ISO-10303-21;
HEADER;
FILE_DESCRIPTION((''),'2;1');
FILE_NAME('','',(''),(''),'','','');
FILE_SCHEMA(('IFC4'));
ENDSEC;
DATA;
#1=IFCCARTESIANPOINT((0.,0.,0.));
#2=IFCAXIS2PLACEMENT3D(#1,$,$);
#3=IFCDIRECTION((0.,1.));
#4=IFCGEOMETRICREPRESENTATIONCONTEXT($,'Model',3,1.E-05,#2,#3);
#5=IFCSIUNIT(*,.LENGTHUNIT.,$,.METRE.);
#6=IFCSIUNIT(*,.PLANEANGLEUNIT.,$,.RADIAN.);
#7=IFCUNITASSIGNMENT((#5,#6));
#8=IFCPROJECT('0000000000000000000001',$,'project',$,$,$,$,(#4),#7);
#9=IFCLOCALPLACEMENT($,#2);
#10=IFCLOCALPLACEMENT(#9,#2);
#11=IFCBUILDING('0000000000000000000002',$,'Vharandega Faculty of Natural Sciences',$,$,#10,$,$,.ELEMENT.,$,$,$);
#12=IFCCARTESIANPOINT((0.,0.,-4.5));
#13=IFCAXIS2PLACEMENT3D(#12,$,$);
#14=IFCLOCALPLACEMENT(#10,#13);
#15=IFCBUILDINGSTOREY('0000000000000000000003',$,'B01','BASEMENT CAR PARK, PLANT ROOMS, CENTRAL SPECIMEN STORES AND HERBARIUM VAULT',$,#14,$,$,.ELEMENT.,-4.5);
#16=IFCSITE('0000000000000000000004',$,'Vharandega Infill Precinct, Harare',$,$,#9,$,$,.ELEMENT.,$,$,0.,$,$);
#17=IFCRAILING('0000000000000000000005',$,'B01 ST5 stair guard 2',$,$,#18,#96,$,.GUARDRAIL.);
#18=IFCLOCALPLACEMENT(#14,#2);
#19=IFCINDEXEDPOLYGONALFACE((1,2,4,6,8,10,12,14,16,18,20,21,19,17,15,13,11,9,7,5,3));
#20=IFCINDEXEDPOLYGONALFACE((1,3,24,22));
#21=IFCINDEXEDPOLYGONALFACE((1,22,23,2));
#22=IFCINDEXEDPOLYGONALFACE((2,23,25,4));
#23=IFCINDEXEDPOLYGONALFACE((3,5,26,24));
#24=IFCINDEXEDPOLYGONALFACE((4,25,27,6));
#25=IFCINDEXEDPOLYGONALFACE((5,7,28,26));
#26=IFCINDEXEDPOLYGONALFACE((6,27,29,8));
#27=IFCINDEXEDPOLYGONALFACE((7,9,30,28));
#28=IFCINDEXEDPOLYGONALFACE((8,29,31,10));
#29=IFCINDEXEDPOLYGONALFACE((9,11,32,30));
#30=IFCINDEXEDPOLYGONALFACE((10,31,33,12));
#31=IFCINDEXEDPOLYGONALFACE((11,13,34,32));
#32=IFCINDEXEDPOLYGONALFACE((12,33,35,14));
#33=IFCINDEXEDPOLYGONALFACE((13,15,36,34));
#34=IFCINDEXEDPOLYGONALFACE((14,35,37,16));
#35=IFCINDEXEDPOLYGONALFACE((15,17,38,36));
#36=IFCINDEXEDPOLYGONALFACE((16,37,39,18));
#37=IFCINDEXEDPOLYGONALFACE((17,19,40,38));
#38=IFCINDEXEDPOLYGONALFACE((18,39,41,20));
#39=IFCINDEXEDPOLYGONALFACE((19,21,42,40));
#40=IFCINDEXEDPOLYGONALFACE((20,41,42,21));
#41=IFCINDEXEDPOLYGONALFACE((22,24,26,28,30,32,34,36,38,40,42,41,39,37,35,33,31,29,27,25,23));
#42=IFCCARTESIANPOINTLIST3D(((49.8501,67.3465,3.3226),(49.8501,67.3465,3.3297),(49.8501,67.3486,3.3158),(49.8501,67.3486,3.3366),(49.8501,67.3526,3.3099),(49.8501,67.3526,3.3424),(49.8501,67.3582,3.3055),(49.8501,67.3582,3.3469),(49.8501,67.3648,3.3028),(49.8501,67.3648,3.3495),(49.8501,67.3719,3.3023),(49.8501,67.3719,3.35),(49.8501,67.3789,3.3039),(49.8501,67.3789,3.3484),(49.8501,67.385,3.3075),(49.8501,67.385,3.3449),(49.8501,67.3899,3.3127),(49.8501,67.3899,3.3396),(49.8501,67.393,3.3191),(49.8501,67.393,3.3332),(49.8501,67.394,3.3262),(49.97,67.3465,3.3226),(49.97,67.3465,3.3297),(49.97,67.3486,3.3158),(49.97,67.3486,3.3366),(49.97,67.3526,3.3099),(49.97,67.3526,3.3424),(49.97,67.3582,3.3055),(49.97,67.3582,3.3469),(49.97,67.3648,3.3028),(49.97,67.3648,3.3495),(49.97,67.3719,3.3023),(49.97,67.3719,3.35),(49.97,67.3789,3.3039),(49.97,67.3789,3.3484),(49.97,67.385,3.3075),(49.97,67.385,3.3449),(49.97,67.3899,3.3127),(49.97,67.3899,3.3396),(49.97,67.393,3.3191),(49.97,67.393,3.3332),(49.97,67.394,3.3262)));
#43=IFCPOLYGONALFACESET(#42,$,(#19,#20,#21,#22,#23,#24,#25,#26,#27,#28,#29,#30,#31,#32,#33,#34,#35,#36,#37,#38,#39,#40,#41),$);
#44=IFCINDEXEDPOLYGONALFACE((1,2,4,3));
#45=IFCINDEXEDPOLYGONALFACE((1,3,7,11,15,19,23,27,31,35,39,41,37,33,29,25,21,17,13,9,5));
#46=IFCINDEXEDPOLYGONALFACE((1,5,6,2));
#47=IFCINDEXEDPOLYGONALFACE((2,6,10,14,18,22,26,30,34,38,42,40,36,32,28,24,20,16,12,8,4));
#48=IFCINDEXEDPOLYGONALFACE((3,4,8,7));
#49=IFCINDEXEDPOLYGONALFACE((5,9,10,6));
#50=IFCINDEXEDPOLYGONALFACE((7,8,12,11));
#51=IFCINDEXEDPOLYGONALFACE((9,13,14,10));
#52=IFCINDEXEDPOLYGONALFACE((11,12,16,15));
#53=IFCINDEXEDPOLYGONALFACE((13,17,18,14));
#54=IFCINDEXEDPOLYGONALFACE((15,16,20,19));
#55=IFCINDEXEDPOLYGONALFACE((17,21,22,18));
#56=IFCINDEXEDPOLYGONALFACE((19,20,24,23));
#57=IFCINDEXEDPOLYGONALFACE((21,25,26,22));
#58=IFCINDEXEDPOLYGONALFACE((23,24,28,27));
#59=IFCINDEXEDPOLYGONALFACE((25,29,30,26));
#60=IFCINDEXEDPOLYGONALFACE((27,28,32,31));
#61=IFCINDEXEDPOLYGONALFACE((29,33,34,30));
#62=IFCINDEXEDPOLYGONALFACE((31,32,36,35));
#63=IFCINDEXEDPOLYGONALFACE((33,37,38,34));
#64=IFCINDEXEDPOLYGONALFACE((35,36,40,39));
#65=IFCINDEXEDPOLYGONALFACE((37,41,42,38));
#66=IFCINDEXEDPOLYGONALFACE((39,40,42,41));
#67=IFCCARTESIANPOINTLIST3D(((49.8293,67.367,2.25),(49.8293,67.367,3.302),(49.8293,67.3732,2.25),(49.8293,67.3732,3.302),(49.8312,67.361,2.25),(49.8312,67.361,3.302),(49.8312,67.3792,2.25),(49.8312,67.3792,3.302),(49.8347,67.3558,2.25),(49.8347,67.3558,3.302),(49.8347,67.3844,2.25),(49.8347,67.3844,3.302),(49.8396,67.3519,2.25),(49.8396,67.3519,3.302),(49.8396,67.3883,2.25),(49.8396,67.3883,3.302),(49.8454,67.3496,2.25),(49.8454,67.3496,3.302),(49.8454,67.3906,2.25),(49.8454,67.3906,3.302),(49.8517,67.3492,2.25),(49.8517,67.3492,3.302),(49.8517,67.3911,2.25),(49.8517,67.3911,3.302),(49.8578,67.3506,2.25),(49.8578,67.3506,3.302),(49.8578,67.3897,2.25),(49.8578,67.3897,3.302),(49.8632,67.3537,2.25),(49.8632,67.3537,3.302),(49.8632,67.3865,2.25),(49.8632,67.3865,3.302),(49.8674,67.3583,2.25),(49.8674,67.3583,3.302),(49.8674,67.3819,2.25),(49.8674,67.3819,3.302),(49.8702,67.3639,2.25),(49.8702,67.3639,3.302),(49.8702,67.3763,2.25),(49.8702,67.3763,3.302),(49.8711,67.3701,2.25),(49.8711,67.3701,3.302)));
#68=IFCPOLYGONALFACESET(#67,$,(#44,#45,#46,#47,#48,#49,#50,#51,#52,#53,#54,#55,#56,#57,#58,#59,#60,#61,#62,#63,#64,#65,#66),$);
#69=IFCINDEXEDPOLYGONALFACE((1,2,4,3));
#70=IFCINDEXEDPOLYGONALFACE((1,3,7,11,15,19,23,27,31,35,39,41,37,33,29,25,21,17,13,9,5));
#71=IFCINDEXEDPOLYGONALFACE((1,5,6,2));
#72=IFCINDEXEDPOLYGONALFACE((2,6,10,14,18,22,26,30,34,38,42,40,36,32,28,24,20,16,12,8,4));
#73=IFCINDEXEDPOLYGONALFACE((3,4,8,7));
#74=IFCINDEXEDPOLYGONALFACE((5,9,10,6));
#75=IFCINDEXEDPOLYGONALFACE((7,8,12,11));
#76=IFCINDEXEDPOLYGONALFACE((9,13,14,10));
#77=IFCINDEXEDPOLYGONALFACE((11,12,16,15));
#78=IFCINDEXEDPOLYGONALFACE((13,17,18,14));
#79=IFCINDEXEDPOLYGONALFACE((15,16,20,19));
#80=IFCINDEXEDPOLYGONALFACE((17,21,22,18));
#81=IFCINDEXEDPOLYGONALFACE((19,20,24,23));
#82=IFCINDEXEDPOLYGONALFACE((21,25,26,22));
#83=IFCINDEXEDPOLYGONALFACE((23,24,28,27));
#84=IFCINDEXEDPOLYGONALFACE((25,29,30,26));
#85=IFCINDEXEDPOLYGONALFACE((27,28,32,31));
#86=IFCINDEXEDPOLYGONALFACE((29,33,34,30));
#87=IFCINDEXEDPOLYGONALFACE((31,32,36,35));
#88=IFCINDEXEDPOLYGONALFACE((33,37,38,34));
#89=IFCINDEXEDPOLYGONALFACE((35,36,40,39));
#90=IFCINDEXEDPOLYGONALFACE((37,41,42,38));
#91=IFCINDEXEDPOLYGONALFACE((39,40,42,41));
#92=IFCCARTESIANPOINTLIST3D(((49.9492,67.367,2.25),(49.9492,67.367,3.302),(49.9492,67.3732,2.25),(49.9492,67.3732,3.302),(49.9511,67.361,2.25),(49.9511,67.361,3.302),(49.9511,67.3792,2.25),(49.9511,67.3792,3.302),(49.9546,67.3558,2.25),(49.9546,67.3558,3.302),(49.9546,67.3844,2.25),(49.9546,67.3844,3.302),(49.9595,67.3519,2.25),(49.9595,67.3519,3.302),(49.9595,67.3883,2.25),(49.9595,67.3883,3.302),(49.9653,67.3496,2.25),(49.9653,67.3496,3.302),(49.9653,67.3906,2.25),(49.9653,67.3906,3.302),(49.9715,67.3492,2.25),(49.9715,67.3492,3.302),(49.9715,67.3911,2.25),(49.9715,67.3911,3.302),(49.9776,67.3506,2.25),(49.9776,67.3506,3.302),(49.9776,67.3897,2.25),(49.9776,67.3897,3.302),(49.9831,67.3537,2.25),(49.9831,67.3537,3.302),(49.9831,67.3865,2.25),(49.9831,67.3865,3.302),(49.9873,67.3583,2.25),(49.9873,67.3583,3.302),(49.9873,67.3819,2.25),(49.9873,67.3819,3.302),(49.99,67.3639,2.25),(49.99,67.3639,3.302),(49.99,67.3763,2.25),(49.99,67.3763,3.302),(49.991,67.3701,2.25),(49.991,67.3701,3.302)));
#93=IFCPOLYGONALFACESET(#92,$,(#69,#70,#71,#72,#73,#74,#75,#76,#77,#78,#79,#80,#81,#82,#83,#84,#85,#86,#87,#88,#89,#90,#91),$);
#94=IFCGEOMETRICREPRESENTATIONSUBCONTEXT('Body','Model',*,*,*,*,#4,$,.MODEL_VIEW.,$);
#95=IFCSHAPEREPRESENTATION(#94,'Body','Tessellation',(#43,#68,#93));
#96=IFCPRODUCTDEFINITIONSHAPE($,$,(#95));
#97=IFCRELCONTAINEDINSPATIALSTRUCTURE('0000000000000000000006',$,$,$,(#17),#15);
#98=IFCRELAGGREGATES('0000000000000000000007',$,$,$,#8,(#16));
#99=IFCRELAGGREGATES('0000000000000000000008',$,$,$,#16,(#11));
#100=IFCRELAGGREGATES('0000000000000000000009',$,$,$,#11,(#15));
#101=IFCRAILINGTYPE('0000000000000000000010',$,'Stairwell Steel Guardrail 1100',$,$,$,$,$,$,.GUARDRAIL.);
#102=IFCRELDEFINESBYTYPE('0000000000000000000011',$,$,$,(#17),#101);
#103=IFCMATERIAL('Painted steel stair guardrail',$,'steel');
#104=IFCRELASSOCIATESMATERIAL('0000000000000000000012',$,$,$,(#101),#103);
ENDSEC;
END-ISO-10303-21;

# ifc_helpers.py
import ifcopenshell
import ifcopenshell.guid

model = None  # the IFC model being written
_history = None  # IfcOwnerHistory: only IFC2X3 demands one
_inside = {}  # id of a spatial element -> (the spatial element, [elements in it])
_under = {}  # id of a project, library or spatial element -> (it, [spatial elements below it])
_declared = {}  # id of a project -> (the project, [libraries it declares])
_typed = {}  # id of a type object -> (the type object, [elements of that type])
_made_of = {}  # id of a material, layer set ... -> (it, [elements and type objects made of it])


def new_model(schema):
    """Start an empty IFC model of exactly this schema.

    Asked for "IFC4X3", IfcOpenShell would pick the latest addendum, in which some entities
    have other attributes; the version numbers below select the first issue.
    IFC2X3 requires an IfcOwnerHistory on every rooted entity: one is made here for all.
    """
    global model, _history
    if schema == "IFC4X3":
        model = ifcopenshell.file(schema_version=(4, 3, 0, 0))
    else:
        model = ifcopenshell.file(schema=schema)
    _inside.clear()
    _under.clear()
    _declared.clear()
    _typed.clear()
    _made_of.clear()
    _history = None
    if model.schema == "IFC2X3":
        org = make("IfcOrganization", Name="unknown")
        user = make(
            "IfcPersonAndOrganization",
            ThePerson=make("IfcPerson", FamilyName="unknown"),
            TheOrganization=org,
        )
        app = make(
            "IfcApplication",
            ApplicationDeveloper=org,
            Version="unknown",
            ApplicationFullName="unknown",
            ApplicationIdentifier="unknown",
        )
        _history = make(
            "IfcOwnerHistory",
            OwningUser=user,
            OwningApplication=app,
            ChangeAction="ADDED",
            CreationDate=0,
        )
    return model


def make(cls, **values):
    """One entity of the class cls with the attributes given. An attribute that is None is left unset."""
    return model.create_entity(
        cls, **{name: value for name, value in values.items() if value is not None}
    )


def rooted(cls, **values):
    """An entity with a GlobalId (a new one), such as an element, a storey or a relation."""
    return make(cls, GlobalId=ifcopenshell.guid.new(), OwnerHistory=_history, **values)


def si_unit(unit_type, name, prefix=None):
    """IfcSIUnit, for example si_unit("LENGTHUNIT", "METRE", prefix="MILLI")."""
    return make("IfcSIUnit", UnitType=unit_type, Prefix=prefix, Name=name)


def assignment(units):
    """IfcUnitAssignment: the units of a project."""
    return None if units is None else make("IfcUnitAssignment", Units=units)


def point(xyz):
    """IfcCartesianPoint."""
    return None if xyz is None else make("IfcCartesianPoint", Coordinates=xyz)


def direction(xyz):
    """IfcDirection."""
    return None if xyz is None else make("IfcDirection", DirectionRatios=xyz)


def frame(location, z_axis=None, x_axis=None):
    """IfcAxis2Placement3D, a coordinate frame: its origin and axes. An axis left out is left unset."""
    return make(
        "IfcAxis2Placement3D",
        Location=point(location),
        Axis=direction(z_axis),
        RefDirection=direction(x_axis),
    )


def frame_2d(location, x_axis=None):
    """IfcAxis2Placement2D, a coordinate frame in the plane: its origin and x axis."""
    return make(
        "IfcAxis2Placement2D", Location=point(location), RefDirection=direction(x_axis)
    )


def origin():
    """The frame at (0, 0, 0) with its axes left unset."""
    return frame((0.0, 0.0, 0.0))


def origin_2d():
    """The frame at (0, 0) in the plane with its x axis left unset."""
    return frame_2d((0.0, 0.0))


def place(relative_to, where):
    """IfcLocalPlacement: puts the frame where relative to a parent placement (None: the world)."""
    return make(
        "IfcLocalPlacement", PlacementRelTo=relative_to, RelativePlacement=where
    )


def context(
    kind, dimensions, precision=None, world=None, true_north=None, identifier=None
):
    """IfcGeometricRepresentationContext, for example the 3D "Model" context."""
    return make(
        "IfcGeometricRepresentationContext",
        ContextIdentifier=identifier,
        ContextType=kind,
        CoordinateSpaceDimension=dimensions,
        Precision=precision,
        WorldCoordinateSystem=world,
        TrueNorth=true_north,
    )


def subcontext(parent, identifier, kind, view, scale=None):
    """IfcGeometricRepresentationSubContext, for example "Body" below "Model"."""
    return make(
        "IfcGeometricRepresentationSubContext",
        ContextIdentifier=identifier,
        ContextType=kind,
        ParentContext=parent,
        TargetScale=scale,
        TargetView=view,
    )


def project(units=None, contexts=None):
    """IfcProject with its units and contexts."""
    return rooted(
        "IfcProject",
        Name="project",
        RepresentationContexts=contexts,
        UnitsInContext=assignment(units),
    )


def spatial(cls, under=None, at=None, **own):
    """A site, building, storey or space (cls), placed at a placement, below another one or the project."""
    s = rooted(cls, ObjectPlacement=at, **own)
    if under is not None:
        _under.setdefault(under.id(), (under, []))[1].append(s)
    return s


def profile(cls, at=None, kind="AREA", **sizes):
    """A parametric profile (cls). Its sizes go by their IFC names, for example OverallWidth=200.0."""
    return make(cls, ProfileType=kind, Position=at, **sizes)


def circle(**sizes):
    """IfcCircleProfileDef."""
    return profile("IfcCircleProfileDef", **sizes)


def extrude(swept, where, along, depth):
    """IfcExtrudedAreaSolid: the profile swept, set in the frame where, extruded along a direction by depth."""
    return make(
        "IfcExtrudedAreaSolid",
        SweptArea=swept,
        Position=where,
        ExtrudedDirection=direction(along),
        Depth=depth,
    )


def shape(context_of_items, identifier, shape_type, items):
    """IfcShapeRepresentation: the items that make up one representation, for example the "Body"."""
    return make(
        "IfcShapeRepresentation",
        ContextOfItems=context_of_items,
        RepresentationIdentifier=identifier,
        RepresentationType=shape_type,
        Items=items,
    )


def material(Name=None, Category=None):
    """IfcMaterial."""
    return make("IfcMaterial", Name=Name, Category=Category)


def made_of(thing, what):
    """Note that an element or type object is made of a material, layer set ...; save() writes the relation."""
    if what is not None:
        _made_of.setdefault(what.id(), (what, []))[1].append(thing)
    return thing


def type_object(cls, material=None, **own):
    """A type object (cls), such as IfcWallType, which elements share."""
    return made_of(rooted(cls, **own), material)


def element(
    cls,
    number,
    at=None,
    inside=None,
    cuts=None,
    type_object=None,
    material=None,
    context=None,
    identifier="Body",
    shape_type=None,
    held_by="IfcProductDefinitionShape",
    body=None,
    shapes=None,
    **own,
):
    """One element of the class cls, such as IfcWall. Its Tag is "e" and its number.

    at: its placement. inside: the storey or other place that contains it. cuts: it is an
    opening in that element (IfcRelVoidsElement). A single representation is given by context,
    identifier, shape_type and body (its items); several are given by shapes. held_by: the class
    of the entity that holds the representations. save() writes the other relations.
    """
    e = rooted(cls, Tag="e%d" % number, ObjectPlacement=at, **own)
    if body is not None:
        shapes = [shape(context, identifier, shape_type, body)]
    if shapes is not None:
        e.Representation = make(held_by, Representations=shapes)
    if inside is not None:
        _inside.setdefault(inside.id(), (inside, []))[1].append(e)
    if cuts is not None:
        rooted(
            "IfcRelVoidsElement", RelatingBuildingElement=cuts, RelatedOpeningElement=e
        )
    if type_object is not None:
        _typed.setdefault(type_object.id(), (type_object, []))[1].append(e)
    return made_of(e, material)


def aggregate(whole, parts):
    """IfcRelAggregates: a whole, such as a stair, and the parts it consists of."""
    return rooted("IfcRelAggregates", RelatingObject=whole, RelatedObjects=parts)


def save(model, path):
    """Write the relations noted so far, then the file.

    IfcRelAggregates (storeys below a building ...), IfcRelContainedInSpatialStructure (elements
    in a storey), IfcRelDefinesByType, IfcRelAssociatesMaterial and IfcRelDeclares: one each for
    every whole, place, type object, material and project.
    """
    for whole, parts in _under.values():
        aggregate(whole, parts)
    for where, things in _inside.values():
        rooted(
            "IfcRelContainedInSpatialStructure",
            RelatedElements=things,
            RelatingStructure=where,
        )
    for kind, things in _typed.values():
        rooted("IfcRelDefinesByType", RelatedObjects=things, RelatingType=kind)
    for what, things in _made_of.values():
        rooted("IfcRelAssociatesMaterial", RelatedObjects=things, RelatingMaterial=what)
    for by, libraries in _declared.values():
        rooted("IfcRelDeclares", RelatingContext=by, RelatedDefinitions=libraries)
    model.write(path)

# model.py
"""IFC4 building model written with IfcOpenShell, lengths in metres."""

from ifc_helpers import new_model, si_unit, direction, frame, origin, origin_2d, place, context, subcontext, project, spatial, circle, extrude, material, type_object, element, save


model = new_model("IFC4")

# Units and contexts
model_context = context("Model", 3, precision=1e-05, world=origin(), true_north=direction((0.0, 1.0)))
body_context = subcontext(model_context, "Body", "Model", "MODEL_VIEW")
ifc_project = project(units=[si_unit("LENGTHUNIT", "METRE"), si_unit("PLANEANGLEUNIT", "RADIAN")], contexts=[model_context])

# Site, building, storey
site_placement = place(None, origin())
site = spatial("IfcSite", under=ifc_project, at=site_placement, Name="Vharandega Infill Precinct, Harare", CompositionType="ELEMENT", RefElevation=0.0)
building_placement = place(site_placement, origin())
building = spatial("IfcBuilding", under=site, at=building_placement, Name="Vharandega Faculty of Natural Sciences", CompositionType="ELEMENT")
storey_placement = place(building_placement, frame((0.0, 0.0, -4.5)))
storey = spatial("IfcBuildingStorey", under=building, at=storey_placement, Name="B01", Description="BASEMENT CAR PARK, PLANT ROOMS, CENTRAL SPECIMEN STORES AND HERBARIUM VAULT", CompositionType="ELEMENT", Elevation=-4.5)

# Railing
ifc_material_1 = material(Name="Painted steel stair guardrail", Category="steel")
railing_type_1 = type_object("IfcRailingType", Name="Stairwell Steel Guardrail 1100", PredefinedType="GUARDRAIL", material=ifc_material_1)
railing_1_placement = place(storey_placement, frame((49.8501, 67.3701, 2.25)))
element("IfcRailing", 1, at=railing_1_placement, inside=storey, type_object=railing_type_1, Name="B01 ST5 stair guard 2", PredefinedType="GUARDRAIL", context=body_context, shape_type="SweptSolid", body=[
    extrude(circle(Radius=0.0239, at=origin_2d()), frame((0.0, 0.0, 1.0762), z_axis=(1.0, 0.0, 0.0), x_axis=(0.0, 1.0, 0.0)), (0.0, 0.0, 1.0), 0.1199),
    extrude(circle(Radius=0.021, at=origin_2d()), origin(), (0.0, 0.0, 1.0), 1.052),
    extrude(circle(Radius=0.021, at=origin_2d()), frame((0.1199, 0.0, 0.0)), (0.0, 0.0, 1.0), 1.052),
])

save(model, "model.ifc")
